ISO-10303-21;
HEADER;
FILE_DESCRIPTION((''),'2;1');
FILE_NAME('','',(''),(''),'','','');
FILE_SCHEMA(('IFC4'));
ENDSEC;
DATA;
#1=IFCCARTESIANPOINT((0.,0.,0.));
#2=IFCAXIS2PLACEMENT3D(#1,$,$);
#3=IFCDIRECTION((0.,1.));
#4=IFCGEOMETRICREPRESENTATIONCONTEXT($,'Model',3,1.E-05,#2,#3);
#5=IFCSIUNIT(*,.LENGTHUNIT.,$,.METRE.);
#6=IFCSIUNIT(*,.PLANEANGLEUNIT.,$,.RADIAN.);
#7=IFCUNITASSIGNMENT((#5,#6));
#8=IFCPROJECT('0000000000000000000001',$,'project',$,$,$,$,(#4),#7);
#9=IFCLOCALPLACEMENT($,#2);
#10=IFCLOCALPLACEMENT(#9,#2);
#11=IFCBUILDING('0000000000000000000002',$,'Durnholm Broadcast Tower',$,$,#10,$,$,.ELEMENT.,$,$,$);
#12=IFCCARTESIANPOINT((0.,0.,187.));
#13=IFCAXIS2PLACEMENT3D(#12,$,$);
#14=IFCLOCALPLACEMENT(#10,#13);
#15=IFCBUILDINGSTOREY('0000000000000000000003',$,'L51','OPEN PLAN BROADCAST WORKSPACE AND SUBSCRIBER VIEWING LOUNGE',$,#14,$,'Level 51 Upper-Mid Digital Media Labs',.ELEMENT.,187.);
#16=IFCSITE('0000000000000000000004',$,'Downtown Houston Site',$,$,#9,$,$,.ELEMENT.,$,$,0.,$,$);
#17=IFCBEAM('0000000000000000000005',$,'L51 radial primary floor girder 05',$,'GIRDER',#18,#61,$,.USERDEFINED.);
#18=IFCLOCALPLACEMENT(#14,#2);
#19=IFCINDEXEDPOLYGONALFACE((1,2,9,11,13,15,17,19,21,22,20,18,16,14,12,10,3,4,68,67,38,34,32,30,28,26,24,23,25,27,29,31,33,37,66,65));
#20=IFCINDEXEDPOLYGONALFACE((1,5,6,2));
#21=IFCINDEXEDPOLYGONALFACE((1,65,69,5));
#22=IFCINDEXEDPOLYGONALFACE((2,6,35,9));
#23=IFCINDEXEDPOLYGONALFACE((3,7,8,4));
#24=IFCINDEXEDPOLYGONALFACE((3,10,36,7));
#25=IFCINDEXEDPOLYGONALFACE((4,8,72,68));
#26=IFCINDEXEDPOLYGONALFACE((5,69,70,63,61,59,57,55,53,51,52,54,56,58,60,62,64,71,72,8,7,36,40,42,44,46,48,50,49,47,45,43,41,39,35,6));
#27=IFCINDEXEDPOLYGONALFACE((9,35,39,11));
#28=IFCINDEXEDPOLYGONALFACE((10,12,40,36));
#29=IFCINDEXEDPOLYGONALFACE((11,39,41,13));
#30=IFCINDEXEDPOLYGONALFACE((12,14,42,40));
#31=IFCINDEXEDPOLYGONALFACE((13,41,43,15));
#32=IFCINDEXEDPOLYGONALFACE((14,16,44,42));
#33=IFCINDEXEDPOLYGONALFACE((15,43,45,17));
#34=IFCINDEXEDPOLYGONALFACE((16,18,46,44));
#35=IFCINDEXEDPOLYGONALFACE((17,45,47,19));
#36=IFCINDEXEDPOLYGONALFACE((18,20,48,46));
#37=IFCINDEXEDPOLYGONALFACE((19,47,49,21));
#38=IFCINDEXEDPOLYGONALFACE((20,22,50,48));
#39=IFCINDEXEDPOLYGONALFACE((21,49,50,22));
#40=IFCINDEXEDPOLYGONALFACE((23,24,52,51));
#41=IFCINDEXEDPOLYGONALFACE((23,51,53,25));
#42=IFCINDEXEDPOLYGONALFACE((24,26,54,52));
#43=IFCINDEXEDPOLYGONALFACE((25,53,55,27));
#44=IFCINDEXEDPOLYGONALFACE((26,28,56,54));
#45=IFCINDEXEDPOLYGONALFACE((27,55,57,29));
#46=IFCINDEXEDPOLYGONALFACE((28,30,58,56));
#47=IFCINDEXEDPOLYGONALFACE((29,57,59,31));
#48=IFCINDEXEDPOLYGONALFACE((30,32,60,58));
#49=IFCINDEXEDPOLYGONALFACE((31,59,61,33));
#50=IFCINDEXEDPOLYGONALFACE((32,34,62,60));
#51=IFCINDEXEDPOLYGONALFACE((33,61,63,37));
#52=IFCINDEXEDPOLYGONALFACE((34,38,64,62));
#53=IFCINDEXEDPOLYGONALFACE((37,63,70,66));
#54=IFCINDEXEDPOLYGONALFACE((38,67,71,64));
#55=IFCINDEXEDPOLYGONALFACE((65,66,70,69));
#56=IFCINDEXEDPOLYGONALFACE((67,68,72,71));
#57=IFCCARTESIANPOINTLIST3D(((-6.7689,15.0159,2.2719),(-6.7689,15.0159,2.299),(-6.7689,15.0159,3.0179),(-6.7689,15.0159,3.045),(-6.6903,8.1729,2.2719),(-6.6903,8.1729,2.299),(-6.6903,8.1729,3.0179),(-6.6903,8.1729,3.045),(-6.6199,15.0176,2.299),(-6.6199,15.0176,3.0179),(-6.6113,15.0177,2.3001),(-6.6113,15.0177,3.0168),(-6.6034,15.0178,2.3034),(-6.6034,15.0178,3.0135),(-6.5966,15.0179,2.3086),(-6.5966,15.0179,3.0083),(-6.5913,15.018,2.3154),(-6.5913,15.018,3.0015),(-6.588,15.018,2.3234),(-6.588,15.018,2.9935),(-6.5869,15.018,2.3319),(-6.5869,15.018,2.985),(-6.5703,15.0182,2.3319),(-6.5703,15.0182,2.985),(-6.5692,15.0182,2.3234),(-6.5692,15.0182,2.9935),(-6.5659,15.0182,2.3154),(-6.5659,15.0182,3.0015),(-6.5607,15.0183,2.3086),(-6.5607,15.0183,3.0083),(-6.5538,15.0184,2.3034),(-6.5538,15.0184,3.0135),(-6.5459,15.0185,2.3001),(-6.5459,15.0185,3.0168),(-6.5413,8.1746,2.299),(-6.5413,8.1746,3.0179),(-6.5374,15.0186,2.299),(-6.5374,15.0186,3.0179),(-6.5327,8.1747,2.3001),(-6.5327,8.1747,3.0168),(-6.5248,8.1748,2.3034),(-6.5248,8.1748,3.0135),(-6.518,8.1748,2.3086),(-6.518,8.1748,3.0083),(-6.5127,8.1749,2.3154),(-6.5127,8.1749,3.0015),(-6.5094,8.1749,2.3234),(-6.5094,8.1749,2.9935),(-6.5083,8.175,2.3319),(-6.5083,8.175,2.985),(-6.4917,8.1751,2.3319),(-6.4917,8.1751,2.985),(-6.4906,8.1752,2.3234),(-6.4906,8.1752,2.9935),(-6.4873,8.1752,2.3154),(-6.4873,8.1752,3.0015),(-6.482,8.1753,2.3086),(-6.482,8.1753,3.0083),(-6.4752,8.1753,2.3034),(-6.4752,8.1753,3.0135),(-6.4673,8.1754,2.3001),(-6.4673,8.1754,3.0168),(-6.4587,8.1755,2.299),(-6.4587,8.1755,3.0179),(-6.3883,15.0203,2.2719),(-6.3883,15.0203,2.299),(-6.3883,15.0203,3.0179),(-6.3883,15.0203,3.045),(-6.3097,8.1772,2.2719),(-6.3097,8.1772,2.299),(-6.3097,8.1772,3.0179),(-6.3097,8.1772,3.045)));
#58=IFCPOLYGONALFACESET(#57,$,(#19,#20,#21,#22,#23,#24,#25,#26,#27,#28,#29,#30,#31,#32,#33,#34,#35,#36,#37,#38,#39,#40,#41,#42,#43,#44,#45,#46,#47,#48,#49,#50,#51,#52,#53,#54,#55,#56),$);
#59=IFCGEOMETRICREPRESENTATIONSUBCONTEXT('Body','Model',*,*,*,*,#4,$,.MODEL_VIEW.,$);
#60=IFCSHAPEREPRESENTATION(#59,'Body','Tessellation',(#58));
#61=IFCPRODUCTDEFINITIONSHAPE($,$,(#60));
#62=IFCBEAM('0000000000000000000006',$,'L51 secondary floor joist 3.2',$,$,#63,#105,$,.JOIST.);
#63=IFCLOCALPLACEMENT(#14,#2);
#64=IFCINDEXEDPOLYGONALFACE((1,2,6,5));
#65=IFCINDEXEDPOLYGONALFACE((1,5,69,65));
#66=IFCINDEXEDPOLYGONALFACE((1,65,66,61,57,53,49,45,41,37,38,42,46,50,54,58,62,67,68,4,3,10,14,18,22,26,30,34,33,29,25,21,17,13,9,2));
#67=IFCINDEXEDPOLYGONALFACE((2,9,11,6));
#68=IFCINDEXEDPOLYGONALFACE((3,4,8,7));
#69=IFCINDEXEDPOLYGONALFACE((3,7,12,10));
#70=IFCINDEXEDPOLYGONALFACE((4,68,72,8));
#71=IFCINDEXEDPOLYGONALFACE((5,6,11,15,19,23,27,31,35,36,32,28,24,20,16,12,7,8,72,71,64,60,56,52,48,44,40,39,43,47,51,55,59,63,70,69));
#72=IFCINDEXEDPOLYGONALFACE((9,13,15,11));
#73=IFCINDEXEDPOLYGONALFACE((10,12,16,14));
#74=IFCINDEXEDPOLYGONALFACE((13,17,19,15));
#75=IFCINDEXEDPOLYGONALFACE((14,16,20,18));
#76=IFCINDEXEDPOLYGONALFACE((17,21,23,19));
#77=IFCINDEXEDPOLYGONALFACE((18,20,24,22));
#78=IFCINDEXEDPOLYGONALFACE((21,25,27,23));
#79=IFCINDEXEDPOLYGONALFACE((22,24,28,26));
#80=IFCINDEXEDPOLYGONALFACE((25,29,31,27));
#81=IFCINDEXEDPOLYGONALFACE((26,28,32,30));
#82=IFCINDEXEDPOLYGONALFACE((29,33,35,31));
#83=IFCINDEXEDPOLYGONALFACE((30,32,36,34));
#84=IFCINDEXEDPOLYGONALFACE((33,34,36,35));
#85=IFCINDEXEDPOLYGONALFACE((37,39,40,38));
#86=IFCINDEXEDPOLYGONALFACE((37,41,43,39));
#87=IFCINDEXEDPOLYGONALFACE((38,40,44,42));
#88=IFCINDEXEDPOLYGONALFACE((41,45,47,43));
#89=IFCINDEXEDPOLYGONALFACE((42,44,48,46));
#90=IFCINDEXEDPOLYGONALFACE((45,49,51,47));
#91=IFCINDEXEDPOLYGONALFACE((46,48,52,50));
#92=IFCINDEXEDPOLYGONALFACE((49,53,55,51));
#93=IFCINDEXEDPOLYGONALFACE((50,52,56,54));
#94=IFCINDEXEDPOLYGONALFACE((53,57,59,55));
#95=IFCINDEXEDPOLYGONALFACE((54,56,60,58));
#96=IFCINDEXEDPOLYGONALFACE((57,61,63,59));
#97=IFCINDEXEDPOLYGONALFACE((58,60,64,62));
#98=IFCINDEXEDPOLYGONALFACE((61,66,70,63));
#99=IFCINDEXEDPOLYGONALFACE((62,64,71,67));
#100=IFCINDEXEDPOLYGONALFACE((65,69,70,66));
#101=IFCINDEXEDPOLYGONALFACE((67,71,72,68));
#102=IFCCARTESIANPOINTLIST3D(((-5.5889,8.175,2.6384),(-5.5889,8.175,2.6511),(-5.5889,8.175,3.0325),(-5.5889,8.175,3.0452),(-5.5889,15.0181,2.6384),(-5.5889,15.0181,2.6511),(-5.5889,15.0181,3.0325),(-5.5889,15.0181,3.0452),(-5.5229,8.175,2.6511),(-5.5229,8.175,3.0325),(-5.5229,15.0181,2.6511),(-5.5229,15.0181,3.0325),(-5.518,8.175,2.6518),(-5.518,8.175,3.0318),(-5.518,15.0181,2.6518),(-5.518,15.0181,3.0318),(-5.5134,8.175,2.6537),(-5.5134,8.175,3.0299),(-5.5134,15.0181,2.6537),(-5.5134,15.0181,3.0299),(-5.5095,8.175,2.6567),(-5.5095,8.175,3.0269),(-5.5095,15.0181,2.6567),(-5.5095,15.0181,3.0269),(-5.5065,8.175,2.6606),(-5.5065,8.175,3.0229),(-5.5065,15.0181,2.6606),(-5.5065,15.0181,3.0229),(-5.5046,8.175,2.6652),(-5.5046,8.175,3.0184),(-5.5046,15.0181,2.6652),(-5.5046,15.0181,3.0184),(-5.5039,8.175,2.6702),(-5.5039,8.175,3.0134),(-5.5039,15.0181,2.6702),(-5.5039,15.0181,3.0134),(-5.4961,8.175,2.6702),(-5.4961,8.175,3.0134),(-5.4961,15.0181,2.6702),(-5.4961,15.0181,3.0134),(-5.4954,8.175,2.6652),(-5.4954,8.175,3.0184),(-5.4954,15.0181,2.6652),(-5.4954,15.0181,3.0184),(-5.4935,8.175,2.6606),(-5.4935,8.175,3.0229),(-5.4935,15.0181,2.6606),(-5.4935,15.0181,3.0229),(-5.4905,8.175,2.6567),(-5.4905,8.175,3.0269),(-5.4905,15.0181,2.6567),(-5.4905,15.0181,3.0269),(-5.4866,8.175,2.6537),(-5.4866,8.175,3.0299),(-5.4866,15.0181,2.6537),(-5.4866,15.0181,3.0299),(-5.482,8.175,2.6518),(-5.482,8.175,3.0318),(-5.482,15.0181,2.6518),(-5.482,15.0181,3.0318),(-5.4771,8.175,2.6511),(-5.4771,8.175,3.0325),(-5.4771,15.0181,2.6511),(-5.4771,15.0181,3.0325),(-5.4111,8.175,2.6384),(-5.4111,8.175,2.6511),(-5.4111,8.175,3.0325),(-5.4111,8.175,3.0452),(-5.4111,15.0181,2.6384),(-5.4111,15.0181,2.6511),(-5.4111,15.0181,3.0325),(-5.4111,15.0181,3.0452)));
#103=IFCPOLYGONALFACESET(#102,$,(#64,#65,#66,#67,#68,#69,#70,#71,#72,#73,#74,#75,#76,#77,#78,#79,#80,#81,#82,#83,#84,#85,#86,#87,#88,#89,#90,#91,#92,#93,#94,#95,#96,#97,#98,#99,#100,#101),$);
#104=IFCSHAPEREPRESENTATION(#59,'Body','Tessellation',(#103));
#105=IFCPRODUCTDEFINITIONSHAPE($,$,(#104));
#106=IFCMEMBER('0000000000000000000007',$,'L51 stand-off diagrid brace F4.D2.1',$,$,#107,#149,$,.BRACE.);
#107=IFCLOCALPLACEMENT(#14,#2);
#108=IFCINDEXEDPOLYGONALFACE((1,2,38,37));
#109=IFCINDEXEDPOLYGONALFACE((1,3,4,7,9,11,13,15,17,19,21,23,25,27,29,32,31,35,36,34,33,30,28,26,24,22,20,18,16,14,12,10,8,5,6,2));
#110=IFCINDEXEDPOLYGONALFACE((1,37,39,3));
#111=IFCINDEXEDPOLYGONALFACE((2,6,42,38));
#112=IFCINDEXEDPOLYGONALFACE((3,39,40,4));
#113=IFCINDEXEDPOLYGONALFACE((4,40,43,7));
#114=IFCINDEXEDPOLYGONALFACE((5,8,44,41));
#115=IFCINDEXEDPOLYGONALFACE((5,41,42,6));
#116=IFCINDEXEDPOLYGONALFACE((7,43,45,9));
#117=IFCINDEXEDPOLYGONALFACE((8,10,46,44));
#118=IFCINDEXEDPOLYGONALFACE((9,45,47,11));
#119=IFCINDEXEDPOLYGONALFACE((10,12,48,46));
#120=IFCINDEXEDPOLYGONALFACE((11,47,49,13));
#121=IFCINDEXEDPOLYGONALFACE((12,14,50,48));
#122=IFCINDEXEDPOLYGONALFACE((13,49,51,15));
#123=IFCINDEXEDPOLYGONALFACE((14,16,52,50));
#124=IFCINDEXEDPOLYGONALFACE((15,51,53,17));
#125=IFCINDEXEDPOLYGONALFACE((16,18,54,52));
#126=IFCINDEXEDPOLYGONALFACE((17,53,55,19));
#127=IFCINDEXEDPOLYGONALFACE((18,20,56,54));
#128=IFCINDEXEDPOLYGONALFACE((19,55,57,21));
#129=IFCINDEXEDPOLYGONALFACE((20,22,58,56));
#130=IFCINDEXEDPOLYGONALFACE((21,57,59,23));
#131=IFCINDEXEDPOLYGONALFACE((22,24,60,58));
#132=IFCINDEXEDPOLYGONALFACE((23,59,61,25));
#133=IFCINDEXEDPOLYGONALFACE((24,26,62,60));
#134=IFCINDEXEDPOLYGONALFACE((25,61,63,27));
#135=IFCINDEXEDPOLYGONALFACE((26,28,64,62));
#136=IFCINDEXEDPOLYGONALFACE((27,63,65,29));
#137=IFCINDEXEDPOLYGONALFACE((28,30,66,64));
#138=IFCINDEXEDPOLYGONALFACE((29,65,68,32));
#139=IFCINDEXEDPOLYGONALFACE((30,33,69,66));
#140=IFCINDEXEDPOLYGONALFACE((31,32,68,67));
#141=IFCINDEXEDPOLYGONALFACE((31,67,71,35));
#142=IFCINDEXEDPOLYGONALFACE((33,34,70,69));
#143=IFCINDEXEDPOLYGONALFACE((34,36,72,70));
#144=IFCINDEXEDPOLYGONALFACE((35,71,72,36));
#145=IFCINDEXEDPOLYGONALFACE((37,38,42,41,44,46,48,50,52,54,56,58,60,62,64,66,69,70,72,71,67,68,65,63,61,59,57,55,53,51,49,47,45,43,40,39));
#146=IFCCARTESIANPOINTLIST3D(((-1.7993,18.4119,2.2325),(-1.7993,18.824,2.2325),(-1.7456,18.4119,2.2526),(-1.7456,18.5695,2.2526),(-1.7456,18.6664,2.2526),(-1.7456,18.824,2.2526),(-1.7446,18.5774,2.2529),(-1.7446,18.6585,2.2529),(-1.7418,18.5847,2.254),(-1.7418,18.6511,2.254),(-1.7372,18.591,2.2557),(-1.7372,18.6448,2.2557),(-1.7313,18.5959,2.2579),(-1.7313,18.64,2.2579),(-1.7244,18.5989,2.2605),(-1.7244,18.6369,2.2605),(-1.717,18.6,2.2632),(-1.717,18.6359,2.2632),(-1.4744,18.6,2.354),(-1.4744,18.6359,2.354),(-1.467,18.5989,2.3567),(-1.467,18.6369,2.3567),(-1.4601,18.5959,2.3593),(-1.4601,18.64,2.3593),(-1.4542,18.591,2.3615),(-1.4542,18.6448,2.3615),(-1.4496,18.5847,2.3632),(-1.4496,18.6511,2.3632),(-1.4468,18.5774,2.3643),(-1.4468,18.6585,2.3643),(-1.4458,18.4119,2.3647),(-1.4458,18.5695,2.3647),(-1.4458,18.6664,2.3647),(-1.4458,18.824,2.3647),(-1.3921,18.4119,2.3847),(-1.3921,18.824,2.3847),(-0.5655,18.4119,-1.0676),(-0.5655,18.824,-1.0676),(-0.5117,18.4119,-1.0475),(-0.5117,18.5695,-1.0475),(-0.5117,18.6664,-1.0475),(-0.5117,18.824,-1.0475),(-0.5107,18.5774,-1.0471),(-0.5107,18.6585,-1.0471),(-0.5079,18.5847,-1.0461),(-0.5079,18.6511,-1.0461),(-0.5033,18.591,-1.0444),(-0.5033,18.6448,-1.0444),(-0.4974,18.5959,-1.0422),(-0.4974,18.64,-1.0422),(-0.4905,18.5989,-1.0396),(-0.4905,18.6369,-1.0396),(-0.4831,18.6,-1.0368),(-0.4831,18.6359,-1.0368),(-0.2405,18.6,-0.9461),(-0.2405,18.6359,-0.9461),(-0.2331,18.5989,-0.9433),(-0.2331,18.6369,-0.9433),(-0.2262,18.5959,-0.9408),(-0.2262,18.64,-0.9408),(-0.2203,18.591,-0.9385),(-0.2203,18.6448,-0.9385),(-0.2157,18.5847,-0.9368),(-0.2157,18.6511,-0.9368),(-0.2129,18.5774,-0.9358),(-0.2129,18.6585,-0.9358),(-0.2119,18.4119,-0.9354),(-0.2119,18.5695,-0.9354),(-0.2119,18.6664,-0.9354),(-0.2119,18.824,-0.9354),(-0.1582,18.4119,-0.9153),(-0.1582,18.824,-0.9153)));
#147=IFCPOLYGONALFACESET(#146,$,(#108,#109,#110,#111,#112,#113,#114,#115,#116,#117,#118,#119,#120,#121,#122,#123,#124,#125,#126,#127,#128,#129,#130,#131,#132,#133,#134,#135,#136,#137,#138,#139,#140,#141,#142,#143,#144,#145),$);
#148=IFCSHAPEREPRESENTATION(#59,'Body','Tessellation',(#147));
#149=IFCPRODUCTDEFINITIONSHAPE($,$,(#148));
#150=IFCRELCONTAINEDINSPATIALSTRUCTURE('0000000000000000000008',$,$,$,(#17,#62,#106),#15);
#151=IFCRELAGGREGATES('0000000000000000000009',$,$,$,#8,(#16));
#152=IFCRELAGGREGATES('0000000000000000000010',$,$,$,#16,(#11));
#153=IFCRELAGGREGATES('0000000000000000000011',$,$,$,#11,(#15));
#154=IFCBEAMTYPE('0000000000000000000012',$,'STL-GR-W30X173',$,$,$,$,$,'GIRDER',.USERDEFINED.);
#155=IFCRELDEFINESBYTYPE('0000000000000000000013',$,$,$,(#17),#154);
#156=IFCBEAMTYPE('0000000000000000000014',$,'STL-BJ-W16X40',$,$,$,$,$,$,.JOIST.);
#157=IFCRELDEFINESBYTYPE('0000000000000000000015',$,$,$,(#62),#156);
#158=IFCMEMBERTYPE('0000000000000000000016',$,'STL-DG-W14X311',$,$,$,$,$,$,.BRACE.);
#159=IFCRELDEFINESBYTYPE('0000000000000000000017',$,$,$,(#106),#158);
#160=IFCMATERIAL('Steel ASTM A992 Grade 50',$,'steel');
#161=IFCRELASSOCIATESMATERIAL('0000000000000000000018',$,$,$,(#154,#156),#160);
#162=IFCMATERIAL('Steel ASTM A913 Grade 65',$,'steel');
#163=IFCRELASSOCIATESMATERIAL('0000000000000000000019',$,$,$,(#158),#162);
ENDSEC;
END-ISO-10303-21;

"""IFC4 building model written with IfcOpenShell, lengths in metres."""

from ifc_helpers import new_model, si_unit, direction, frame, origin, origin_2d, place, context, subcontext, project, spatial, i_section, extrude, source, transform, mapped, material, material_profile, profile_set, type_object, type_shapes, element, save


model = new_model("IFC4")

# Units and contexts
model_context = context("Model", 3, precision=1e-05, world=origin(), true_north=direction((0.0, 1.0)))
body_context = subcontext(model_context, "Body", "Model", "MODEL_VIEW")
ifc_project = project(units=[si_unit("LENGTHUNIT", "METRE"), si_unit("PLANEANGLEUNIT", "RADIAN")], contexts=[model_context])

# Site, building, storey
site_placement = place(None, origin())
site = spatial("IfcSite", under=ifc_project, at=site_placement, Name="Downtown Houston Site", CompositionType="ELEMENT", RefElevation=0.0)
building_placement = place(site_placement, origin())
building = spatial("IfcBuilding", under=site, at=building_placement, Name="Durnholm Broadcast Tower", CompositionType="ELEMENT")
storey_placement = place(building_placement, frame((0.0, 0.0, 187.0)))
storey = spatial("IfcBuildingStorey", under=building, at=storey_placement, Name="L51", Description="OPEN PLAN BROADCAST WORKSPACE AND SUBSCRIBER VIEWING LOUNGE", LongName="Level 51 Upper-Mid Digital Media Labs", CompositionType="ELEMENT", Elevation=187.0)

# Beams
ifc_material_1 = material(Name="Steel ASTM A992 Grade 50", Category="steel")
ifc_material_profile_1 = material_profile(ifc_material_1, i_section(OverallWidth=0.3806, OverallDepth=0.7732, WebThickness=0.0166, FlangeThickness=0.0271, FilletRadius=0.033, at=origin_2d()), Name="W30X173")
ifc_profile_set_1 = profile_set([ifc_material_profile_1], Name="Steel ASTM A992 Grade 50")
beam_type_1 = type_object("IfcBeamType", Name="STL-GR-W30X173", ElementType="GIRDER", PredefinedType="USERDEFINED", material=ifc_profile_set_1)
shared_shape_1 = source(origin(), body_context, "Body", "SweptSolid", [
    extrude(i_section(OverallWidth=0.3806, OverallDepth=0.7732, WebThickness=0.0166, FlangeThickness=0.0271, FilletRadius=0.033, at=origin_2d()), origin(), (0.0, 0.0, 1.0), 6.8435),
])
beam_1_placement = place(storey_placement, frame((-6.5, 8.175, 2.6584), z_axis=(-0.011487, 0.999934, 0.0), x_axis=(-0.999934, -0.011487, 0.0)))
element("IfcBeam", 1, at=beam_1_placement, inside=storey, type_object=beam_type_1, Name="L51 radial primary floor girder 05", ObjectType="GIRDER", PredefinedType="USERDEFINED", context=body_context, shape_type="MappedRepresentation", body=[
    mapped(shared_shape_1, transform((0.0, 0.0, 0.0), x_axis=(1.0, 0.0, 0.0), y_axis=(0.0, 1.0, 0.0), z_axis=(0.0, 0.0, 1.0), scale=1.0)),
])
ifc_material_profile_2 = material_profile(ifc_material_1, i_section(OverallWidth=0.1777, OverallDepth=0.4067, WebThickness=0.0078, FlangeThickness=0.0127, FilletRadius=0.019, at=origin_2d()), Name="W16X40")
ifc_profile_set_2 = profile_set([ifc_material_profile_2], Name="Steel ASTM A992 Grade 50")
beam_type_2 = type_object("IfcBeamType", Name="STL-BJ-W16X40", PredefinedType="JOIST", material=ifc_profile_set_2)
shared_shape_2 = source(origin(), body_context, "Body", "SweptSolid", [
    extrude(i_section(OverallWidth=0.1777, OverallDepth=0.4067, WebThickness=0.0078, FlangeThickness=0.0127, FilletRadius=0.019, at=origin_2d()), origin(), (0.0, 0.0, 1.0), 6.843),
])
type_shapes(beam_type_2, [shared_shape_2])
beam_2_placement = place(storey_placement, frame((-5.5, 8.175, 2.8418), z_axis=(0.0, 1.0, 0.0), x_axis=(-1.0, 0.0, 0.0)))
element("IfcBeam", 2, at=beam_2_placement, inside=storey, type_object=beam_type_2, Name="L51 secondary floor joist 3.2", PredefinedType="JOIST", context=body_context, shape_type="MappedRepresentation", body=[
    mapped(shared_shape_2, transform((0.0, 0.0, 0.0), x_axis=(1.0, 0.0, 0.0), y_axis=(0.0, 1.0, 0.0), z_axis=(0.0, 0.0, 1.0), scale=1.0)),
])

# Member
ifc_material_2 = material(Name="Steel ASTM A913 Grade 65", Category="steel")
ifc_material_profile_3 = material_profile(ifc_material_2, i_section(OverallWidth=0.4121, OverallDepth=0.4348, WebThickness=0.0359, FlangeThickness=0.0574, FilletRadius=0.0305, at=origin_2d()), Name="W14X311")
ifc_profile_set_3 = profile_set([ifc_material_profile_3], Name="Steel ASTM A913 Grade 65")
member_type_1 = type_object("IfcMemberType", Name="STL-DG-W14X311", PredefinedType="BRACE", material=ifc_profile_set_3)
shared_shape_3 = source(origin(), body_context, "Body", "SweptSolid", [
    extrude(i_section(OverallWidth=0.4121, OverallDepth=0.4348, WebThickness=0.0359, FlangeThickness=0.0574, FilletRadius=0.0305, at=origin_2d()), origin(), (0.0, 0.0, 1.0), 3.5232),
])
type_shapes(member_type_1, [shared_shape_3])
for number, where, z_axis, x_axis, name in (
    (3, (-0.3618, 18.6179, -0.9915), (-0.35022, 0.0, 0.936668), (0.0, -1.0, 0.0), "L51 stand-off diagrid brace F4.D2.1"),
):
    element("IfcMember", number, at=place(storey_placement, frame(where, z_axis=z_axis, x_axis=x_axis)), inside=storey, type_object=member_type_1, Name=name, PredefinedType="BRACE", context=body_context, shape_type="MappedRepresentation", body=[
        mapped(shared_shape_3, transform((0.0, 0.0, 0.0), x_axis=(1.0, 0.0, 0.0), y_axis=(0.0, 1.0, 0.0), z_axis=(0.0, 0.0, 1.0), scale=1.0)),
    ])

save(model, "model.ifc")
